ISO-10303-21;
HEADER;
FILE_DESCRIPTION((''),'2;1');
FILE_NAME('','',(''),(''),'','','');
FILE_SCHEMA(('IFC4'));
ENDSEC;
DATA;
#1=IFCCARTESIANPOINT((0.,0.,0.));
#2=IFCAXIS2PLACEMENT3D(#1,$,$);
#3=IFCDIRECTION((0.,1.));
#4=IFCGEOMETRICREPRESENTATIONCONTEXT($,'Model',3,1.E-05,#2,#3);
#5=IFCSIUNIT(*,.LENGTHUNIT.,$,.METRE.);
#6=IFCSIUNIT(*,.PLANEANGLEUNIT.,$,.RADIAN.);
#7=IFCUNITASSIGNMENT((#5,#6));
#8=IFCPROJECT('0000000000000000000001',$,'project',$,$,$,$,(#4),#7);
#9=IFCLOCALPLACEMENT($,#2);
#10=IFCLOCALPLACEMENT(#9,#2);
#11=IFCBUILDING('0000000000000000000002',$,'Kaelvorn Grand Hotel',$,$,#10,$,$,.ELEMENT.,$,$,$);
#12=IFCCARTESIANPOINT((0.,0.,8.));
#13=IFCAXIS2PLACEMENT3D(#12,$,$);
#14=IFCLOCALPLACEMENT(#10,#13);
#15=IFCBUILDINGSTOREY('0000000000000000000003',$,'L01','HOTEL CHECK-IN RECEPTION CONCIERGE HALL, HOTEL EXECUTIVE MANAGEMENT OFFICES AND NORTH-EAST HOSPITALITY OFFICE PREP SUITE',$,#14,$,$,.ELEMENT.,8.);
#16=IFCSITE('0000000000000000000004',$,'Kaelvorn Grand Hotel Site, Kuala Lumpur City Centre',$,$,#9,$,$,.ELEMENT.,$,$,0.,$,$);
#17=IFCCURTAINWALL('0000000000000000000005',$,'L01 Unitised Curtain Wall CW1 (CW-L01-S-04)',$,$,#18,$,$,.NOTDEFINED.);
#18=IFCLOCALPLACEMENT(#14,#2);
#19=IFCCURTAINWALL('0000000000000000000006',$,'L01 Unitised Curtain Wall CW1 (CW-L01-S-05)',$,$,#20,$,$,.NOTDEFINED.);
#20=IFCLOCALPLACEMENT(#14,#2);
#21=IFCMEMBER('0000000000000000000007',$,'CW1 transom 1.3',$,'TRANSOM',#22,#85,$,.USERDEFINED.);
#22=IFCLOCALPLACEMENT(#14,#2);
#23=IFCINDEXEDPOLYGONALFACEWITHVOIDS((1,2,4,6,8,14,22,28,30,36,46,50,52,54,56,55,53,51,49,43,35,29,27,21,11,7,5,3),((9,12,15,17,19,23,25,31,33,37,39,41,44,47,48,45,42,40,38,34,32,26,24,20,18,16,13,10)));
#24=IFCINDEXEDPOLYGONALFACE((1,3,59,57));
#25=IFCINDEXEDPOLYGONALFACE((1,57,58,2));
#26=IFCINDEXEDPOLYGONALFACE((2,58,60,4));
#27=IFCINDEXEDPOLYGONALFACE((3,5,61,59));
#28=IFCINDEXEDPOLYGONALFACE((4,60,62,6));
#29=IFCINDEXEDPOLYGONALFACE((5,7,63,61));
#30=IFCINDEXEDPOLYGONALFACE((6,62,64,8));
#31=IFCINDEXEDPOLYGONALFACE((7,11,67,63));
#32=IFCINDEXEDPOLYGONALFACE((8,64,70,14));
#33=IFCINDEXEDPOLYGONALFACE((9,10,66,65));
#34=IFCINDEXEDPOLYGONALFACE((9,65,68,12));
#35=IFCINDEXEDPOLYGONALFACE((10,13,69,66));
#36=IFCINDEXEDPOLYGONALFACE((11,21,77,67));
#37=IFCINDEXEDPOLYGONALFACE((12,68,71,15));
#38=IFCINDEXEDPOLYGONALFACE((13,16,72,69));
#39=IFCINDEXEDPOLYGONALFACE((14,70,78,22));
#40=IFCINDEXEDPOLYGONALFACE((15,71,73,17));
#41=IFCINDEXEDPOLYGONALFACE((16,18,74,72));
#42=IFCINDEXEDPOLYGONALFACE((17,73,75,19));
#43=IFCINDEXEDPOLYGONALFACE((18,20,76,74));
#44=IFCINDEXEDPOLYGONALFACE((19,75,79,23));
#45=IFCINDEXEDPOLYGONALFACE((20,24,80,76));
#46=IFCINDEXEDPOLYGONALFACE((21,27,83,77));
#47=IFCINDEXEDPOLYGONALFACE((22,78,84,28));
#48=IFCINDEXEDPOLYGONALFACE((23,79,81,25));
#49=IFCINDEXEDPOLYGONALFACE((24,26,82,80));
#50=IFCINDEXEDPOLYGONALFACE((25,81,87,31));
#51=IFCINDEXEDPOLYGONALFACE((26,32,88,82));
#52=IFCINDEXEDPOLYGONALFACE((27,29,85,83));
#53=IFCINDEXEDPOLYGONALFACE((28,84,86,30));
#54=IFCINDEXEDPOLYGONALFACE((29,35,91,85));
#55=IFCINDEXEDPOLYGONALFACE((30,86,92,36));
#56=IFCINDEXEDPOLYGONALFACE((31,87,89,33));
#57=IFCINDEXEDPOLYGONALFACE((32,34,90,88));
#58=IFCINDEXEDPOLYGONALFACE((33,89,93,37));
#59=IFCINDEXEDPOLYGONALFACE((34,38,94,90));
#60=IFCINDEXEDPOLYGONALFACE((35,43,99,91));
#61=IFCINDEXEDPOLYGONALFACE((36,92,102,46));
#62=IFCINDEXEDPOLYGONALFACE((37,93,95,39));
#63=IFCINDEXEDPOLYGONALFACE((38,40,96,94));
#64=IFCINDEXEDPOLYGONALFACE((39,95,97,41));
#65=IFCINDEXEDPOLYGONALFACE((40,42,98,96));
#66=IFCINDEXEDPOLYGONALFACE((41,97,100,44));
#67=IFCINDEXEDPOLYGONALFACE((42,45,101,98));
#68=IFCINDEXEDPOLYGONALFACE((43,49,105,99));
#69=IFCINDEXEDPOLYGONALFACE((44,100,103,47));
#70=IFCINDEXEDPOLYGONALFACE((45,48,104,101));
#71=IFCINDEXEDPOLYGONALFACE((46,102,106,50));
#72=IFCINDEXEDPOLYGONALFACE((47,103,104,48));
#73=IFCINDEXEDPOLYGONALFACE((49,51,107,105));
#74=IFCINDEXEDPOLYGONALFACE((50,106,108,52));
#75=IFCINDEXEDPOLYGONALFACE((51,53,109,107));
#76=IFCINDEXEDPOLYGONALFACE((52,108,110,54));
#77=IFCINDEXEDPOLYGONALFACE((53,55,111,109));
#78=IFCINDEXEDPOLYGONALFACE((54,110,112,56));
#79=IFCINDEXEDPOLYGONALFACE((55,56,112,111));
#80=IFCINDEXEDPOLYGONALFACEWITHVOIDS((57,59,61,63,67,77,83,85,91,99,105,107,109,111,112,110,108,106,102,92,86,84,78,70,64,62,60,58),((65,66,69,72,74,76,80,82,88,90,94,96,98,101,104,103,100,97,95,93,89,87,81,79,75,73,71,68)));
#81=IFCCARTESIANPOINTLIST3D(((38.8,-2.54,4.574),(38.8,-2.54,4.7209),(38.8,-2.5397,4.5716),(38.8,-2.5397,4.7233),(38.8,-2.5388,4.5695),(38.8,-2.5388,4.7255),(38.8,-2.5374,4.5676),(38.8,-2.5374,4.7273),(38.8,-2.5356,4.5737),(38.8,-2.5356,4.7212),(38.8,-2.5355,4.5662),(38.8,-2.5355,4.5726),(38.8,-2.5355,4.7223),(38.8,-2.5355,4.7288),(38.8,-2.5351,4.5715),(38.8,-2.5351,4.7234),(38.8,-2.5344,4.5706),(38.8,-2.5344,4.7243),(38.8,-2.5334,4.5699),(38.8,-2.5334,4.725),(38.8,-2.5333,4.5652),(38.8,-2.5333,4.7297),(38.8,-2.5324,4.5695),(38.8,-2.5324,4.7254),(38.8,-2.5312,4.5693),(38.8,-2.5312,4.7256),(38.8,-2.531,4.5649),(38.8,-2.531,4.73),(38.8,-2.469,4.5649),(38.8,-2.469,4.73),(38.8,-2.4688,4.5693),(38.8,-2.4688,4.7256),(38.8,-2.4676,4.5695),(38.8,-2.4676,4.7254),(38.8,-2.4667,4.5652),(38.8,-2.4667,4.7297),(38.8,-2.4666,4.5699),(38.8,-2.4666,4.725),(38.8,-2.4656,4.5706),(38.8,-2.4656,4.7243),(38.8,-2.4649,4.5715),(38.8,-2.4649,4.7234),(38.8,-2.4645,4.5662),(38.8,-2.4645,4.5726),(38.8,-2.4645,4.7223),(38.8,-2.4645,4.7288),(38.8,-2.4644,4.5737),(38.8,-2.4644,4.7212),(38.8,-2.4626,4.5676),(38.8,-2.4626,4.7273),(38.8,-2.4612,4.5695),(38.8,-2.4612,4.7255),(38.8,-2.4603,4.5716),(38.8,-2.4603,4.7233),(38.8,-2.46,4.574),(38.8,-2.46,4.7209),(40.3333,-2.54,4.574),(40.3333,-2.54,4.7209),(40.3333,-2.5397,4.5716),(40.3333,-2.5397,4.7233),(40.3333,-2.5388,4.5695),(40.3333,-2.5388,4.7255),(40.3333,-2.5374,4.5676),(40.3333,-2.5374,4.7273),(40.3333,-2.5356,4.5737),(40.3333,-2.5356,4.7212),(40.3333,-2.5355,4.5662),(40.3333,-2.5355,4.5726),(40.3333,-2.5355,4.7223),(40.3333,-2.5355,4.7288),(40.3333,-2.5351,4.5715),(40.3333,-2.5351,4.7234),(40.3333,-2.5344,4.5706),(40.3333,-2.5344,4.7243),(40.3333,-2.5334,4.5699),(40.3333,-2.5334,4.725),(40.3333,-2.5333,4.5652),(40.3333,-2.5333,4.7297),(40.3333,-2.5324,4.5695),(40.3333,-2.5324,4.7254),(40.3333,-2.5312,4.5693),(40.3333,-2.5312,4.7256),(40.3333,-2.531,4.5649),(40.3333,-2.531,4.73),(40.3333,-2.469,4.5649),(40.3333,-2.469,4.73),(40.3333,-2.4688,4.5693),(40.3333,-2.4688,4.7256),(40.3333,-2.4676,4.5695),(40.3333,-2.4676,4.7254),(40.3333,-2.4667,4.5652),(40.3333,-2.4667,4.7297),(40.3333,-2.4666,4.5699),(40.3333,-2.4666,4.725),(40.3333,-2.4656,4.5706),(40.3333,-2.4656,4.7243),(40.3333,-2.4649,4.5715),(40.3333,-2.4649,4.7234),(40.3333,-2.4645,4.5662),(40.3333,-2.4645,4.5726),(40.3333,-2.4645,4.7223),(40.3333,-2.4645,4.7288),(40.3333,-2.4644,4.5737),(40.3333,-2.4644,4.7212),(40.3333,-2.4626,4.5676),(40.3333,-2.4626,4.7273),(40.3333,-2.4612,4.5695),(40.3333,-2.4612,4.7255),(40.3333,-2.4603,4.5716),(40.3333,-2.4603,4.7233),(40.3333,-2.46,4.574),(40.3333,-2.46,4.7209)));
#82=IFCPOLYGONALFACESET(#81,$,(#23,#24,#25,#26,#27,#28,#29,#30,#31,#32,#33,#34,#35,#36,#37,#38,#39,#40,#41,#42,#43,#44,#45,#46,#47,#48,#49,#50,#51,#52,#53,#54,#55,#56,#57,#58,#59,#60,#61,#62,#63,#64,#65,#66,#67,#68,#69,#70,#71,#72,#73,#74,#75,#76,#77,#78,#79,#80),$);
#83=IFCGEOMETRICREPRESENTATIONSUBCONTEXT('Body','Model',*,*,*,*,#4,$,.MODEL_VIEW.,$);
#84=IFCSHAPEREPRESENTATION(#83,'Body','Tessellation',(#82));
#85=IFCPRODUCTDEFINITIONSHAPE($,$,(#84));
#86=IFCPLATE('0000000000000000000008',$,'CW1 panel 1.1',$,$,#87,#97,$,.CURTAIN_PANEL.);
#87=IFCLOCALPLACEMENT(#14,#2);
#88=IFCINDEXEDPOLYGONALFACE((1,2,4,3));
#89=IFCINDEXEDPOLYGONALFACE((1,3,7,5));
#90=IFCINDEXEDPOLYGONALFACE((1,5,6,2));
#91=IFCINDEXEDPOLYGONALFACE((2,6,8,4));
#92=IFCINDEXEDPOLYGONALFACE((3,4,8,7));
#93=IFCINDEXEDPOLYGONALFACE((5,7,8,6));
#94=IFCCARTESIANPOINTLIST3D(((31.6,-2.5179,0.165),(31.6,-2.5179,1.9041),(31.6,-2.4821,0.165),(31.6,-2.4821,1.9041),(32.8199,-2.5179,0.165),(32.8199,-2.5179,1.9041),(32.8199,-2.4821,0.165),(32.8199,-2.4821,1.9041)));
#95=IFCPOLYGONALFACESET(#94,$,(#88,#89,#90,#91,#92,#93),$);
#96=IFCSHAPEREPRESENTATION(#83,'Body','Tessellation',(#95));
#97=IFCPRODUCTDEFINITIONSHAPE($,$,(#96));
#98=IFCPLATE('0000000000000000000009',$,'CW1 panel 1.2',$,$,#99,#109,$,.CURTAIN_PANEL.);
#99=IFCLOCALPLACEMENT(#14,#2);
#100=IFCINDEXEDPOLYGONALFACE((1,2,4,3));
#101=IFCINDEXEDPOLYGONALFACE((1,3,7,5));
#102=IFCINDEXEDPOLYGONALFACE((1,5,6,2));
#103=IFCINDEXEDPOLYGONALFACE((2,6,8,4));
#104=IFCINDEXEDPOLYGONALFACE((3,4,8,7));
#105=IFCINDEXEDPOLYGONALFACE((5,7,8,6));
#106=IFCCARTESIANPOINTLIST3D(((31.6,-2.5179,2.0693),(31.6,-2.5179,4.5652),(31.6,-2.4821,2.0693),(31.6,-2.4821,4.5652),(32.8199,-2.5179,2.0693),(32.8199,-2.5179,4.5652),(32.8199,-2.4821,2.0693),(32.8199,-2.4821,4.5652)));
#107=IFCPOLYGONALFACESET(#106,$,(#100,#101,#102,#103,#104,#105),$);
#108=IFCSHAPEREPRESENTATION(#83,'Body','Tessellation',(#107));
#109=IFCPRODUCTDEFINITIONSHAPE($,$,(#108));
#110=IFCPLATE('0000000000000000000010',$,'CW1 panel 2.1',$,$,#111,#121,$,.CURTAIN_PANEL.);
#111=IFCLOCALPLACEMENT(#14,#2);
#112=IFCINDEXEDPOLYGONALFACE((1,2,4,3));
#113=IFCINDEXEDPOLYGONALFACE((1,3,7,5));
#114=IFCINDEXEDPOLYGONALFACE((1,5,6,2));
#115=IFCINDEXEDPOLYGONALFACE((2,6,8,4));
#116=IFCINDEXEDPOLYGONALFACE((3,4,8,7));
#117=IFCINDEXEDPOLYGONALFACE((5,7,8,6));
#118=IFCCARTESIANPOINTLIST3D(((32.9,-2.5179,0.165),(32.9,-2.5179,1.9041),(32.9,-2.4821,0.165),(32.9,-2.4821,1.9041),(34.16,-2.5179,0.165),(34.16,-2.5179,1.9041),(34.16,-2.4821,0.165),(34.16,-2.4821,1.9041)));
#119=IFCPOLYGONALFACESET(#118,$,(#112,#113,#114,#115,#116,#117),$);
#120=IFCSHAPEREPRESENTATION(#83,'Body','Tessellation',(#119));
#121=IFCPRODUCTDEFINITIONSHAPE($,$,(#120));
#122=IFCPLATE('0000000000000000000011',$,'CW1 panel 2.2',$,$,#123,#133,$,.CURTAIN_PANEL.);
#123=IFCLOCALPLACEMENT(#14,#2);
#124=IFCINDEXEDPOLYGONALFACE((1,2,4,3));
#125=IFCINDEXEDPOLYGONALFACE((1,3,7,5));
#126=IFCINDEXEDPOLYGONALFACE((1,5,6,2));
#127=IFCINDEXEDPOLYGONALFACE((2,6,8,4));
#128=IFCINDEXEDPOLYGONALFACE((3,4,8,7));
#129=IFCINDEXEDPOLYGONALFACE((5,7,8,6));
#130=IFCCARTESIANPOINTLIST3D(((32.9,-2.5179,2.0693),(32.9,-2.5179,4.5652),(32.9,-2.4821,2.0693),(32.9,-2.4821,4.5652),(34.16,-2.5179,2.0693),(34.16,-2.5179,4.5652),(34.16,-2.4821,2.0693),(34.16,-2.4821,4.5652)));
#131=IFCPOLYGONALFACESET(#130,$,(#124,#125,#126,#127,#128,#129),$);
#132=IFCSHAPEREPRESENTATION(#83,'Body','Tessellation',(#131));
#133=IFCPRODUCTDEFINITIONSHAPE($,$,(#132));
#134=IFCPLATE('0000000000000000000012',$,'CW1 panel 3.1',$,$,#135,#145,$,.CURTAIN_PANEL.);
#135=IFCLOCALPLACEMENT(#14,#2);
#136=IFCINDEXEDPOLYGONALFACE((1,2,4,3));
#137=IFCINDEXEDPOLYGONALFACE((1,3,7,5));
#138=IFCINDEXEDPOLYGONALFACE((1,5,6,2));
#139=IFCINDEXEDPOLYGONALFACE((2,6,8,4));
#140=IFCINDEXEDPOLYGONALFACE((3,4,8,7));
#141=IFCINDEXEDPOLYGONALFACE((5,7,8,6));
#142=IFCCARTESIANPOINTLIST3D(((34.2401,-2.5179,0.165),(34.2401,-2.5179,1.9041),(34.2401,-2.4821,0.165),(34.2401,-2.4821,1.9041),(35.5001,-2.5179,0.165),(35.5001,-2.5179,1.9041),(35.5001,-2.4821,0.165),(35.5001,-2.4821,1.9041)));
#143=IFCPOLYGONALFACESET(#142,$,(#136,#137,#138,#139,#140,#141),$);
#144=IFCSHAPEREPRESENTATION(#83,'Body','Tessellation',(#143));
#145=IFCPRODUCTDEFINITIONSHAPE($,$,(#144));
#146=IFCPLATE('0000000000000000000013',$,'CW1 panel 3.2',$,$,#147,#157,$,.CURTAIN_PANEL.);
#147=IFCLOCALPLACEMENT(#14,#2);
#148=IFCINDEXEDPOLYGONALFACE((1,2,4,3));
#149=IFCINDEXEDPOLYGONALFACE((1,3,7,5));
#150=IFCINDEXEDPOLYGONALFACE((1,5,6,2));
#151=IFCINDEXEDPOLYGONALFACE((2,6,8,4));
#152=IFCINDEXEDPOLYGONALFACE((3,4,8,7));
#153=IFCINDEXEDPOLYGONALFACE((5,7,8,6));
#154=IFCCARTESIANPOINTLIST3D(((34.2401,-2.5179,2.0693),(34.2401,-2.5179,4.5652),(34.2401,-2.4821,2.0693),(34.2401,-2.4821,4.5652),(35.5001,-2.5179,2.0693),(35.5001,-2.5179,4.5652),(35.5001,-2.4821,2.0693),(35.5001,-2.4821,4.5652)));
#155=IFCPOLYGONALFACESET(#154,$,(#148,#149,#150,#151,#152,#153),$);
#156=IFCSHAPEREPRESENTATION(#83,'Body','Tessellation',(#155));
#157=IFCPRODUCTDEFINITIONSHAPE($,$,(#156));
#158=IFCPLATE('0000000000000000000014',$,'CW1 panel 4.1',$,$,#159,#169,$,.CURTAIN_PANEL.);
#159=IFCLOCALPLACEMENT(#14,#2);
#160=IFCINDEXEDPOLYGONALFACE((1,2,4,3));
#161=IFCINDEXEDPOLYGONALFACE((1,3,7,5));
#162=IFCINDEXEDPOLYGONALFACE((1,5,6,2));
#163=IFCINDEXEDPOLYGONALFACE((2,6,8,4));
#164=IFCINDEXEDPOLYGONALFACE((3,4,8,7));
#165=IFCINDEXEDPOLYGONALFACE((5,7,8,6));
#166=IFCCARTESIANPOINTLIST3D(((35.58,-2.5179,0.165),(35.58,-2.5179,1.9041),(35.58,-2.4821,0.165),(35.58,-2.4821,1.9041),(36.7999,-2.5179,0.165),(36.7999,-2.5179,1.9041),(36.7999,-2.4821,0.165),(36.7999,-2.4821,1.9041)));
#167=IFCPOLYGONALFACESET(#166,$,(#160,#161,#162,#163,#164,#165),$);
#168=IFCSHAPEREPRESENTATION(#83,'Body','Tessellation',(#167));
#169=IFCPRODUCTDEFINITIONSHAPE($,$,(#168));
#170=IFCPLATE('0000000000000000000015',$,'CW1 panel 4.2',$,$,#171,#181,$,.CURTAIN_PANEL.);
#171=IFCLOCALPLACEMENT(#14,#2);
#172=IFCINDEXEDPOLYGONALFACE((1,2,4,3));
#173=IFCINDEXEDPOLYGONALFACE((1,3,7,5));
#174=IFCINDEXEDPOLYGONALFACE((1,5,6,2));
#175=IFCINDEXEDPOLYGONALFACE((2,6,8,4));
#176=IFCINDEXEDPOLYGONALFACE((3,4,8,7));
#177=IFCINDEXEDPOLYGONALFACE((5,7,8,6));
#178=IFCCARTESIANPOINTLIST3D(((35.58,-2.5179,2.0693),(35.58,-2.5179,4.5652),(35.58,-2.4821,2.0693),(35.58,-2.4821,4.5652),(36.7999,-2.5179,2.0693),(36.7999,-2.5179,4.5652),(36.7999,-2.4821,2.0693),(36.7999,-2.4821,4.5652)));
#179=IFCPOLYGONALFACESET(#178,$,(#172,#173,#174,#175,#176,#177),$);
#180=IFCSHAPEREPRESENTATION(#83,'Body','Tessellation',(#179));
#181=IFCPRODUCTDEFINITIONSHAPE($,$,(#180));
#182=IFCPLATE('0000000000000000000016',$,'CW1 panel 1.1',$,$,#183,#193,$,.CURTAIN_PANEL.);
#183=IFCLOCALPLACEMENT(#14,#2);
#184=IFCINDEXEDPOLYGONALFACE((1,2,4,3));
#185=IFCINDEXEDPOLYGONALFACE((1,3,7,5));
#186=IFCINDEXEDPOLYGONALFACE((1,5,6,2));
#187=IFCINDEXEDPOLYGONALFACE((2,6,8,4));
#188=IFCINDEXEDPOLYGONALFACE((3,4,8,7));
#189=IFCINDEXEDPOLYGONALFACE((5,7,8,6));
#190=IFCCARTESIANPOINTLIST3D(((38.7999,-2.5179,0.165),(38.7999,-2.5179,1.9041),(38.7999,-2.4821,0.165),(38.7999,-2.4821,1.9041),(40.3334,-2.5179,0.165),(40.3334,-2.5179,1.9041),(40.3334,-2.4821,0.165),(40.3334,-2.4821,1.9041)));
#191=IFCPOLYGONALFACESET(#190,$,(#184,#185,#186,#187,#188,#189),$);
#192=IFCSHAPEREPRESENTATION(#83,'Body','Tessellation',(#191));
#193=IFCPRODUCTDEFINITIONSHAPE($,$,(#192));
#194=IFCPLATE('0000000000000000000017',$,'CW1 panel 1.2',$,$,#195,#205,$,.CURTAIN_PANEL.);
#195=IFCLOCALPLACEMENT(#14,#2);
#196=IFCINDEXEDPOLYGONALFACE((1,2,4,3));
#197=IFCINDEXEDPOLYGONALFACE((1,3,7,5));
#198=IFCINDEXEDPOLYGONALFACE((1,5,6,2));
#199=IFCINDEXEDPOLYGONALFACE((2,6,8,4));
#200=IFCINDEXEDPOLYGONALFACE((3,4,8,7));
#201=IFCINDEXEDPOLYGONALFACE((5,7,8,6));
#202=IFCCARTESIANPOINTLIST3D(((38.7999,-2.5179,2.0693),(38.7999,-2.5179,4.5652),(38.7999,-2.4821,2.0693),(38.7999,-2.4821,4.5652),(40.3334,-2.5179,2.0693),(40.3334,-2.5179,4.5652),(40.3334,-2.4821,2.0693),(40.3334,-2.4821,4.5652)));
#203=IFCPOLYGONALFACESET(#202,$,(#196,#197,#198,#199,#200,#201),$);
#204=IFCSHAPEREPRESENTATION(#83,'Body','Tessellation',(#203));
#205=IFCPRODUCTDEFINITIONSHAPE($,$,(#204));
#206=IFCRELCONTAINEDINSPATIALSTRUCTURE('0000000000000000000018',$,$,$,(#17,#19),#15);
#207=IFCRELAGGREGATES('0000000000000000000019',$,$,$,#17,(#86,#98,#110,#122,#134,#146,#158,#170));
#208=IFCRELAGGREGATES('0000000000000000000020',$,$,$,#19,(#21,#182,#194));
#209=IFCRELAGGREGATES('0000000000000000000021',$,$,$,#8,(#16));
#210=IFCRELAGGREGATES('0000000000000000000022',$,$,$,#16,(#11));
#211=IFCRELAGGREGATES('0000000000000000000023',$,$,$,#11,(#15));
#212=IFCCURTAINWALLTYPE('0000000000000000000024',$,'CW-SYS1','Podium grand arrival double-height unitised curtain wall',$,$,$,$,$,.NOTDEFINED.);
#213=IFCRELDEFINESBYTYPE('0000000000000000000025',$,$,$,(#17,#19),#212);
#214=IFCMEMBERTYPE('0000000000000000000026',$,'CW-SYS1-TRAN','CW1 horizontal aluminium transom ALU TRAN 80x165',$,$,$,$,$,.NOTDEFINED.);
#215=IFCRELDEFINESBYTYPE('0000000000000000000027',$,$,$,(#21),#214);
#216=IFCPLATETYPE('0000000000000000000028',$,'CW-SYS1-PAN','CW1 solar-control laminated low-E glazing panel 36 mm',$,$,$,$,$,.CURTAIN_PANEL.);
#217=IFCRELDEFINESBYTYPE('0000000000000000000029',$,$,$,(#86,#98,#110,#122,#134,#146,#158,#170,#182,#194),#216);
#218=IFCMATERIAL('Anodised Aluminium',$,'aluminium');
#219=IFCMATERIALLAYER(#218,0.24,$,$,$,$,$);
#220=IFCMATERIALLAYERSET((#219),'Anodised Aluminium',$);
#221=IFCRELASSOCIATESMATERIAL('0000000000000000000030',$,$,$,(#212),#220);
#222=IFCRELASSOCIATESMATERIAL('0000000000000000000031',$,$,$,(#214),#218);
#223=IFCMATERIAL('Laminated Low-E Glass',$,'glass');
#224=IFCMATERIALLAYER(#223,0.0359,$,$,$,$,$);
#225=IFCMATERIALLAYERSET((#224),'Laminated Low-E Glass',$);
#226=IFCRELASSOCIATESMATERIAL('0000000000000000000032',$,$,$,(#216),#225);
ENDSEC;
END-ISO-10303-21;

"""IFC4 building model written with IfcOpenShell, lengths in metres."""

from ifc_helpers import new_model, si_unit, direction, frame, origin, origin_2d, place, context, subcontext, project, spatial, rectangle, hollow_rectangle, extrude, material, layer, layer_set, material_profile, profile_set, type_object, element, aggregate, save


model = new_model("IFC4")

# Units and contexts
model_context = context("Model", 3, precision=1e-05, world=origin(), true_north=direction((0.0, 1.0)))
body_context = subcontext(model_context, "Body", "Model", "MODEL_VIEW")
ifc_project = project(units=[si_unit("LENGTHUNIT", "METRE"), si_unit("PLANEANGLEUNIT", "RADIAN")], contexts=[model_context])

# Site, building, storey
site_placement = place(None, origin())
site = spatial("IfcSite", under=ifc_project, at=site_placement, Name="Kaelvorn Grand Hotel Site, Kuala Lumpur City Centre", CompositionType="ELEMENT", RefElevation=0.0)
building_placement = place(site_placement, origin())
building = spatial("IfcBuilding", under=site, at=building_placement, Name="Kaelvorn Grand Hotel", CompositionType="ELEMENT")
storey_placement = place(building_placement, frame((0.0, 0.0, 8.0)))
storey = spatial("IfcBuildingStorey", under=building, at=storey_placement, Name="L01", Description="HOTEL CHECK-IN RECEPTION CONCIERGE HALL, HOTEL EXECUTIVE MANAGEMENT OFFICES AND NORTH-EAST HOSPITALITY OFFICE PREP SUITE", CompositionType="ELEMENT", Elevation=8.0)

# Shared definitions
ifc_material_1 = material(Name="Anodised Aluminium", Category="aluminium")
ifc_layer_1 = layer(ifc_material_1, 0.24)
ifc_layer_set_1 = layer_set([ifc_layer_1], Name="Anodised Aluminium")
curtain_wall_type = type_object("IfcCurtainWallType", Name="CW-SYS1", Description="Podium grand arrival double-height unitised curtain wall", PredefinedType="NOTDEFINED", material=ifc_layer_set_1)

# Curtain wall
curtain_wall_1_placement = place(storey_placement, origin())
curtain_wall_1 = element("IfcCurtainWall", 1, at=curtain_wall_1_placement, inside=storey, type_object=curtain_wall_type, Name="L01 Unitised Curtain Wall CW1 (CW-L01-S-04)", PredefinedType="NOTDEFINED")

# Curtain wall
curtain_wall_2_placement = place(storey_placement, origin())
curtain_wall_2 = element("IfcCurtainWall", 2, at=curtain_wall_2_placement, inside=storey, type_object=curtain_wall_type, Name="L01 Unitised Curtain Wall CW1 (CW-L01-S-05)", PredefinedType="NOTDEFINED")

# Member
ifc_material_profile_1 = material_profile(ifc_material_1, hollow_rectangle(XDim=0.0801, YDim=0.165, WallThickness=0.0044, InnerFilletRadius=0.0044, OuterFilletRadius=0.009, at=origin_2d()), Name="ALU TRAN 80x165")
ifc_profile_set_1 = profile_set([ifc_material_profile_1], Name="Anodised Aluminium")
member_type_1 = type_object("IfcMemberType", Name="CW-SYS1-TRAN", Description="CW1 horizontal aluminium transom ALU TRAN 80x165", PredefinedType="NOTDEFINED", material=ifc_profile_set_1)
member_1_placement = place(storey_placement, frame((38.8, -2.5, 4.6475), z_axis=(1.0, 0.0, 0.0), x_axis=(0.0, 1.0, 0.0)))
member_1 = element("IfcMember", 3, at=member_1_placement, type_object=member_type_1, Name="CW1 transom 1.3", ObjectType="TRANSOM", PredefinedType="USERDEFINED", context=body_context, shape_type="SweptSolid", body=[
    extrude(hollow_rectangle(XDim=0.0801, YDim=0.165, WallThickness=0.0044, InnerFilletRadius=0.0044, OuterFilletRadius=0.009, at=origin_2d()), origin(), (0.0, 0.0, 1.0), 1.5332),
])

# Plates
ifc_material_2 = material(Name="Laminated Low-E Glass", Category="glass")
ifc_layer_2 = layer(ifc_material_2, 0.0359)
ifc_layer_set_2 = layer_set([ifc_layer_2], Name="Laminated Low-E Glass")
plate_type = type_object("IfcPlateType", Name="CW-SYS1-PAN", Description="CW1 solar-control laminated low-E glazing panel 36 mm", PredefinedType="CURTAIN_PANEL", material=ifc_layer_set_2)
plate_1_placement = place(storey_placement, frame((32.21, -2.5, 0.165), z_axis=(0.0, 0.0, 1.0), x_axis=(1.0, 0.0, 0.0)))
plate_1 = element("IfcPlate", 4, at=plate_1_placement, type_object=plate_type, Name="CW1 panel 1.1", PredefinedType="CURTAIN_PANEL", context=body_context, shape_type="SweptSolid", body=[
    extrude(rectangle(XDim=1.22, YDim=0.0359, at=origin_2d()), origin(), (0.0, 0.0, 1.0), 1.739),
])
plate_2_placement = place(storey_placement, frame((32.21, -2.5, 2.0693), z_axis=(0.0, 0.0, 1.0), x_axis=(1.0, 0.0, 0.0)))
plate_2 = element("IfcPlate", 5, at=plate_2_placement, type_object=plate_type, Name="CW1 panel 1.2", PredefinedType="CURTAIN_PANEL", context=body_context, shape_type="SweptSolid", body=[
    extrude(rectangle(XDim=1.22, YDim=0.0359, at=origin_2d()), origin(), (0.0, 0.0, 1.0), 2.4958),
])
plate_3_placement = place(storey_placement, frame((33.53, -2.5, 0.165), z_axis=(0.0, 0.0, 1.0), x_axis=(1.0, 0.0, 0.0)))
plate_3 = element("IfcPlate", 6, at=plate_3_placement, type_object=plate_type, Name="CW1 panel 2.1", PredefinedType="CURTAIN_PANEL", context=body_context, shape_type="SweptSolid", body=[
    extrude(rectangle(XDim=1.26, YDim=0.0359, at=origin_2d()), origin(), (0.0, 0.0, 1.0), 1.739),
])
plate_4_placement = place(storey_placement, frame((33.53, -2.5, 2.0693), z_axis=(0.0, 0.0, 1.0), x_axis=(1.0, 0.0, 0.0)))
plate_4 = element("IfcPlate", 7, at=plate_4_placement, type_object=plate_type, Name="CW1 panel 2.2", PredefinedType="CURTAIN_PANEL", context=body_context, shape_type="SweptSolid", body=[
    extrude(rectangle(XDim=1.26, YDim=0.0359, at=origin_2d()), origin(), (0.0, 0.0, 1.0), 2.4958),
])
plate_5_placement = place(storey_placement, frame((34.8701, -2.5, 0.165), z_axis=(0.0, 0.0, 1.0), x_axis=(1.0, 0.0, 0.0)))
plate_5 = element("IfcPlate", 8, at=plate_5_placement, type_object=plate_type, Name="CW1 panel 3.1", PredefinedType="CURTAIN_PANEL", context=body_context, shape_type="SweptSolid", body=[
    extrude(rectangle(XDim=1.26, YDim=0.0359, at=origin_2d()), origin(), (0.0, 0.0, 1.0), 1.739),
])
plate_6_placement = place(storey_placement, frame((34.8701, -2.5, 2.0693), z_axis=(0.0, 0.0, 1.0), x_axis=(1.0, 0.0, 0.0)))
plate_6 = element("IfcPlate", 9, at=plate_6_placement, type_object=plate_type, Name="CW1 panel 3.2", PredefinedType="CURTAIN_PANEL", context=body_context, shape_type="SweptSolid", body=[
    extrude(rectangle(XDim=1.26, YDim=0.0359, at=origin_2d()), origin(), (0.0, 0.0, 1.0), 2.4958),
])
plate_7_placement = place(storey_placement, frame((36.1899, -2.5, 0.165), z_axis=(0.0, 0.0, 1.0), x_axis=(1.0, 0.0, 0.0)))
plate_7 = element("IfcPlate", 10, at=plate_7_placement, type_object=plate_type, Name="CW1 panel 4.1", PredefinedType="CURTAIN_PANEL", context=body_context, shape_type="SweptSolid", body=[
    extrude(rectangle(XDim=1.22, YDim=0.0359, at=origin_2d()), origin(), (0.0, 0.0, 1.0), 1.739),
])
plate_8_placement = place(storey_placement, frame((36.1899, -2.5, 2.0693), z_axis=(0.0, 0.0, 1.0), x_axis=(1.0, 0.0, 0.0)))
plate_8 = element("IfcPlate", 11, at=plate_8_placement, type_object=plate_type, Name="CW1 panel 4.2", PredefinedType="CURTAIN_PANEL", context=body_context, shape_type="SweptSolid", body=[
    extrude(rectangle(XDim=1.22, YDim=0.0359, at=origin_2d()), origin(), (0.0, 0.0, 1.0), 2.4958),
])
aggregate(curtain_wall_1, [plate_1, plate_2, plate_3, plate_4, plate_5, plate_6, plate_7, plate_8])
plate_9_placement = place(storey_placement, frame((39.5667, -2.5, 0.165), z_axis=(0.0, 0.0, 1.0), x_axis=(1.0, 0.0, 0.0)))
plate_9 = element("IfcPlate", 12, at=plate_9_placement, type_object=plate_type, Name="CW1 panel 1.1", PredefinedType="CURTAIN_PANEL", context=body_context, shape_type="SweptSolid", body=[
    extrude(rectangle(XDim=1.5334, YDim=0.0359, at=origin_2d()), origin(), (0.0, 0.0, 1.0), 1.739),
])
plate_10_placement = place(storey_placement, frame((39.5667, -2.5, 2.0693), z_axis=(0.0, 0.0, 1.0), x_axis=(1.0, 0.0, 0.0)))
plate_10 = element("IfcPlate", 13, at=plate_10_placement, type_object=plate_type, Name="CW1 panel 1.2", PredefinedType="CURTAIN_PANEL", context=body_context, shape_type="SweptSolid", body=[
    extrude(rectangle(XDim=1.5334, YDim=0.0359, at=origin_2d()), origin(), (0.0, 0.0, 1.0), 2.4958),
])
aggregate(curtain_wall_2, [member_1, plate_9, plate_10])

save(model, "model.ifc")
